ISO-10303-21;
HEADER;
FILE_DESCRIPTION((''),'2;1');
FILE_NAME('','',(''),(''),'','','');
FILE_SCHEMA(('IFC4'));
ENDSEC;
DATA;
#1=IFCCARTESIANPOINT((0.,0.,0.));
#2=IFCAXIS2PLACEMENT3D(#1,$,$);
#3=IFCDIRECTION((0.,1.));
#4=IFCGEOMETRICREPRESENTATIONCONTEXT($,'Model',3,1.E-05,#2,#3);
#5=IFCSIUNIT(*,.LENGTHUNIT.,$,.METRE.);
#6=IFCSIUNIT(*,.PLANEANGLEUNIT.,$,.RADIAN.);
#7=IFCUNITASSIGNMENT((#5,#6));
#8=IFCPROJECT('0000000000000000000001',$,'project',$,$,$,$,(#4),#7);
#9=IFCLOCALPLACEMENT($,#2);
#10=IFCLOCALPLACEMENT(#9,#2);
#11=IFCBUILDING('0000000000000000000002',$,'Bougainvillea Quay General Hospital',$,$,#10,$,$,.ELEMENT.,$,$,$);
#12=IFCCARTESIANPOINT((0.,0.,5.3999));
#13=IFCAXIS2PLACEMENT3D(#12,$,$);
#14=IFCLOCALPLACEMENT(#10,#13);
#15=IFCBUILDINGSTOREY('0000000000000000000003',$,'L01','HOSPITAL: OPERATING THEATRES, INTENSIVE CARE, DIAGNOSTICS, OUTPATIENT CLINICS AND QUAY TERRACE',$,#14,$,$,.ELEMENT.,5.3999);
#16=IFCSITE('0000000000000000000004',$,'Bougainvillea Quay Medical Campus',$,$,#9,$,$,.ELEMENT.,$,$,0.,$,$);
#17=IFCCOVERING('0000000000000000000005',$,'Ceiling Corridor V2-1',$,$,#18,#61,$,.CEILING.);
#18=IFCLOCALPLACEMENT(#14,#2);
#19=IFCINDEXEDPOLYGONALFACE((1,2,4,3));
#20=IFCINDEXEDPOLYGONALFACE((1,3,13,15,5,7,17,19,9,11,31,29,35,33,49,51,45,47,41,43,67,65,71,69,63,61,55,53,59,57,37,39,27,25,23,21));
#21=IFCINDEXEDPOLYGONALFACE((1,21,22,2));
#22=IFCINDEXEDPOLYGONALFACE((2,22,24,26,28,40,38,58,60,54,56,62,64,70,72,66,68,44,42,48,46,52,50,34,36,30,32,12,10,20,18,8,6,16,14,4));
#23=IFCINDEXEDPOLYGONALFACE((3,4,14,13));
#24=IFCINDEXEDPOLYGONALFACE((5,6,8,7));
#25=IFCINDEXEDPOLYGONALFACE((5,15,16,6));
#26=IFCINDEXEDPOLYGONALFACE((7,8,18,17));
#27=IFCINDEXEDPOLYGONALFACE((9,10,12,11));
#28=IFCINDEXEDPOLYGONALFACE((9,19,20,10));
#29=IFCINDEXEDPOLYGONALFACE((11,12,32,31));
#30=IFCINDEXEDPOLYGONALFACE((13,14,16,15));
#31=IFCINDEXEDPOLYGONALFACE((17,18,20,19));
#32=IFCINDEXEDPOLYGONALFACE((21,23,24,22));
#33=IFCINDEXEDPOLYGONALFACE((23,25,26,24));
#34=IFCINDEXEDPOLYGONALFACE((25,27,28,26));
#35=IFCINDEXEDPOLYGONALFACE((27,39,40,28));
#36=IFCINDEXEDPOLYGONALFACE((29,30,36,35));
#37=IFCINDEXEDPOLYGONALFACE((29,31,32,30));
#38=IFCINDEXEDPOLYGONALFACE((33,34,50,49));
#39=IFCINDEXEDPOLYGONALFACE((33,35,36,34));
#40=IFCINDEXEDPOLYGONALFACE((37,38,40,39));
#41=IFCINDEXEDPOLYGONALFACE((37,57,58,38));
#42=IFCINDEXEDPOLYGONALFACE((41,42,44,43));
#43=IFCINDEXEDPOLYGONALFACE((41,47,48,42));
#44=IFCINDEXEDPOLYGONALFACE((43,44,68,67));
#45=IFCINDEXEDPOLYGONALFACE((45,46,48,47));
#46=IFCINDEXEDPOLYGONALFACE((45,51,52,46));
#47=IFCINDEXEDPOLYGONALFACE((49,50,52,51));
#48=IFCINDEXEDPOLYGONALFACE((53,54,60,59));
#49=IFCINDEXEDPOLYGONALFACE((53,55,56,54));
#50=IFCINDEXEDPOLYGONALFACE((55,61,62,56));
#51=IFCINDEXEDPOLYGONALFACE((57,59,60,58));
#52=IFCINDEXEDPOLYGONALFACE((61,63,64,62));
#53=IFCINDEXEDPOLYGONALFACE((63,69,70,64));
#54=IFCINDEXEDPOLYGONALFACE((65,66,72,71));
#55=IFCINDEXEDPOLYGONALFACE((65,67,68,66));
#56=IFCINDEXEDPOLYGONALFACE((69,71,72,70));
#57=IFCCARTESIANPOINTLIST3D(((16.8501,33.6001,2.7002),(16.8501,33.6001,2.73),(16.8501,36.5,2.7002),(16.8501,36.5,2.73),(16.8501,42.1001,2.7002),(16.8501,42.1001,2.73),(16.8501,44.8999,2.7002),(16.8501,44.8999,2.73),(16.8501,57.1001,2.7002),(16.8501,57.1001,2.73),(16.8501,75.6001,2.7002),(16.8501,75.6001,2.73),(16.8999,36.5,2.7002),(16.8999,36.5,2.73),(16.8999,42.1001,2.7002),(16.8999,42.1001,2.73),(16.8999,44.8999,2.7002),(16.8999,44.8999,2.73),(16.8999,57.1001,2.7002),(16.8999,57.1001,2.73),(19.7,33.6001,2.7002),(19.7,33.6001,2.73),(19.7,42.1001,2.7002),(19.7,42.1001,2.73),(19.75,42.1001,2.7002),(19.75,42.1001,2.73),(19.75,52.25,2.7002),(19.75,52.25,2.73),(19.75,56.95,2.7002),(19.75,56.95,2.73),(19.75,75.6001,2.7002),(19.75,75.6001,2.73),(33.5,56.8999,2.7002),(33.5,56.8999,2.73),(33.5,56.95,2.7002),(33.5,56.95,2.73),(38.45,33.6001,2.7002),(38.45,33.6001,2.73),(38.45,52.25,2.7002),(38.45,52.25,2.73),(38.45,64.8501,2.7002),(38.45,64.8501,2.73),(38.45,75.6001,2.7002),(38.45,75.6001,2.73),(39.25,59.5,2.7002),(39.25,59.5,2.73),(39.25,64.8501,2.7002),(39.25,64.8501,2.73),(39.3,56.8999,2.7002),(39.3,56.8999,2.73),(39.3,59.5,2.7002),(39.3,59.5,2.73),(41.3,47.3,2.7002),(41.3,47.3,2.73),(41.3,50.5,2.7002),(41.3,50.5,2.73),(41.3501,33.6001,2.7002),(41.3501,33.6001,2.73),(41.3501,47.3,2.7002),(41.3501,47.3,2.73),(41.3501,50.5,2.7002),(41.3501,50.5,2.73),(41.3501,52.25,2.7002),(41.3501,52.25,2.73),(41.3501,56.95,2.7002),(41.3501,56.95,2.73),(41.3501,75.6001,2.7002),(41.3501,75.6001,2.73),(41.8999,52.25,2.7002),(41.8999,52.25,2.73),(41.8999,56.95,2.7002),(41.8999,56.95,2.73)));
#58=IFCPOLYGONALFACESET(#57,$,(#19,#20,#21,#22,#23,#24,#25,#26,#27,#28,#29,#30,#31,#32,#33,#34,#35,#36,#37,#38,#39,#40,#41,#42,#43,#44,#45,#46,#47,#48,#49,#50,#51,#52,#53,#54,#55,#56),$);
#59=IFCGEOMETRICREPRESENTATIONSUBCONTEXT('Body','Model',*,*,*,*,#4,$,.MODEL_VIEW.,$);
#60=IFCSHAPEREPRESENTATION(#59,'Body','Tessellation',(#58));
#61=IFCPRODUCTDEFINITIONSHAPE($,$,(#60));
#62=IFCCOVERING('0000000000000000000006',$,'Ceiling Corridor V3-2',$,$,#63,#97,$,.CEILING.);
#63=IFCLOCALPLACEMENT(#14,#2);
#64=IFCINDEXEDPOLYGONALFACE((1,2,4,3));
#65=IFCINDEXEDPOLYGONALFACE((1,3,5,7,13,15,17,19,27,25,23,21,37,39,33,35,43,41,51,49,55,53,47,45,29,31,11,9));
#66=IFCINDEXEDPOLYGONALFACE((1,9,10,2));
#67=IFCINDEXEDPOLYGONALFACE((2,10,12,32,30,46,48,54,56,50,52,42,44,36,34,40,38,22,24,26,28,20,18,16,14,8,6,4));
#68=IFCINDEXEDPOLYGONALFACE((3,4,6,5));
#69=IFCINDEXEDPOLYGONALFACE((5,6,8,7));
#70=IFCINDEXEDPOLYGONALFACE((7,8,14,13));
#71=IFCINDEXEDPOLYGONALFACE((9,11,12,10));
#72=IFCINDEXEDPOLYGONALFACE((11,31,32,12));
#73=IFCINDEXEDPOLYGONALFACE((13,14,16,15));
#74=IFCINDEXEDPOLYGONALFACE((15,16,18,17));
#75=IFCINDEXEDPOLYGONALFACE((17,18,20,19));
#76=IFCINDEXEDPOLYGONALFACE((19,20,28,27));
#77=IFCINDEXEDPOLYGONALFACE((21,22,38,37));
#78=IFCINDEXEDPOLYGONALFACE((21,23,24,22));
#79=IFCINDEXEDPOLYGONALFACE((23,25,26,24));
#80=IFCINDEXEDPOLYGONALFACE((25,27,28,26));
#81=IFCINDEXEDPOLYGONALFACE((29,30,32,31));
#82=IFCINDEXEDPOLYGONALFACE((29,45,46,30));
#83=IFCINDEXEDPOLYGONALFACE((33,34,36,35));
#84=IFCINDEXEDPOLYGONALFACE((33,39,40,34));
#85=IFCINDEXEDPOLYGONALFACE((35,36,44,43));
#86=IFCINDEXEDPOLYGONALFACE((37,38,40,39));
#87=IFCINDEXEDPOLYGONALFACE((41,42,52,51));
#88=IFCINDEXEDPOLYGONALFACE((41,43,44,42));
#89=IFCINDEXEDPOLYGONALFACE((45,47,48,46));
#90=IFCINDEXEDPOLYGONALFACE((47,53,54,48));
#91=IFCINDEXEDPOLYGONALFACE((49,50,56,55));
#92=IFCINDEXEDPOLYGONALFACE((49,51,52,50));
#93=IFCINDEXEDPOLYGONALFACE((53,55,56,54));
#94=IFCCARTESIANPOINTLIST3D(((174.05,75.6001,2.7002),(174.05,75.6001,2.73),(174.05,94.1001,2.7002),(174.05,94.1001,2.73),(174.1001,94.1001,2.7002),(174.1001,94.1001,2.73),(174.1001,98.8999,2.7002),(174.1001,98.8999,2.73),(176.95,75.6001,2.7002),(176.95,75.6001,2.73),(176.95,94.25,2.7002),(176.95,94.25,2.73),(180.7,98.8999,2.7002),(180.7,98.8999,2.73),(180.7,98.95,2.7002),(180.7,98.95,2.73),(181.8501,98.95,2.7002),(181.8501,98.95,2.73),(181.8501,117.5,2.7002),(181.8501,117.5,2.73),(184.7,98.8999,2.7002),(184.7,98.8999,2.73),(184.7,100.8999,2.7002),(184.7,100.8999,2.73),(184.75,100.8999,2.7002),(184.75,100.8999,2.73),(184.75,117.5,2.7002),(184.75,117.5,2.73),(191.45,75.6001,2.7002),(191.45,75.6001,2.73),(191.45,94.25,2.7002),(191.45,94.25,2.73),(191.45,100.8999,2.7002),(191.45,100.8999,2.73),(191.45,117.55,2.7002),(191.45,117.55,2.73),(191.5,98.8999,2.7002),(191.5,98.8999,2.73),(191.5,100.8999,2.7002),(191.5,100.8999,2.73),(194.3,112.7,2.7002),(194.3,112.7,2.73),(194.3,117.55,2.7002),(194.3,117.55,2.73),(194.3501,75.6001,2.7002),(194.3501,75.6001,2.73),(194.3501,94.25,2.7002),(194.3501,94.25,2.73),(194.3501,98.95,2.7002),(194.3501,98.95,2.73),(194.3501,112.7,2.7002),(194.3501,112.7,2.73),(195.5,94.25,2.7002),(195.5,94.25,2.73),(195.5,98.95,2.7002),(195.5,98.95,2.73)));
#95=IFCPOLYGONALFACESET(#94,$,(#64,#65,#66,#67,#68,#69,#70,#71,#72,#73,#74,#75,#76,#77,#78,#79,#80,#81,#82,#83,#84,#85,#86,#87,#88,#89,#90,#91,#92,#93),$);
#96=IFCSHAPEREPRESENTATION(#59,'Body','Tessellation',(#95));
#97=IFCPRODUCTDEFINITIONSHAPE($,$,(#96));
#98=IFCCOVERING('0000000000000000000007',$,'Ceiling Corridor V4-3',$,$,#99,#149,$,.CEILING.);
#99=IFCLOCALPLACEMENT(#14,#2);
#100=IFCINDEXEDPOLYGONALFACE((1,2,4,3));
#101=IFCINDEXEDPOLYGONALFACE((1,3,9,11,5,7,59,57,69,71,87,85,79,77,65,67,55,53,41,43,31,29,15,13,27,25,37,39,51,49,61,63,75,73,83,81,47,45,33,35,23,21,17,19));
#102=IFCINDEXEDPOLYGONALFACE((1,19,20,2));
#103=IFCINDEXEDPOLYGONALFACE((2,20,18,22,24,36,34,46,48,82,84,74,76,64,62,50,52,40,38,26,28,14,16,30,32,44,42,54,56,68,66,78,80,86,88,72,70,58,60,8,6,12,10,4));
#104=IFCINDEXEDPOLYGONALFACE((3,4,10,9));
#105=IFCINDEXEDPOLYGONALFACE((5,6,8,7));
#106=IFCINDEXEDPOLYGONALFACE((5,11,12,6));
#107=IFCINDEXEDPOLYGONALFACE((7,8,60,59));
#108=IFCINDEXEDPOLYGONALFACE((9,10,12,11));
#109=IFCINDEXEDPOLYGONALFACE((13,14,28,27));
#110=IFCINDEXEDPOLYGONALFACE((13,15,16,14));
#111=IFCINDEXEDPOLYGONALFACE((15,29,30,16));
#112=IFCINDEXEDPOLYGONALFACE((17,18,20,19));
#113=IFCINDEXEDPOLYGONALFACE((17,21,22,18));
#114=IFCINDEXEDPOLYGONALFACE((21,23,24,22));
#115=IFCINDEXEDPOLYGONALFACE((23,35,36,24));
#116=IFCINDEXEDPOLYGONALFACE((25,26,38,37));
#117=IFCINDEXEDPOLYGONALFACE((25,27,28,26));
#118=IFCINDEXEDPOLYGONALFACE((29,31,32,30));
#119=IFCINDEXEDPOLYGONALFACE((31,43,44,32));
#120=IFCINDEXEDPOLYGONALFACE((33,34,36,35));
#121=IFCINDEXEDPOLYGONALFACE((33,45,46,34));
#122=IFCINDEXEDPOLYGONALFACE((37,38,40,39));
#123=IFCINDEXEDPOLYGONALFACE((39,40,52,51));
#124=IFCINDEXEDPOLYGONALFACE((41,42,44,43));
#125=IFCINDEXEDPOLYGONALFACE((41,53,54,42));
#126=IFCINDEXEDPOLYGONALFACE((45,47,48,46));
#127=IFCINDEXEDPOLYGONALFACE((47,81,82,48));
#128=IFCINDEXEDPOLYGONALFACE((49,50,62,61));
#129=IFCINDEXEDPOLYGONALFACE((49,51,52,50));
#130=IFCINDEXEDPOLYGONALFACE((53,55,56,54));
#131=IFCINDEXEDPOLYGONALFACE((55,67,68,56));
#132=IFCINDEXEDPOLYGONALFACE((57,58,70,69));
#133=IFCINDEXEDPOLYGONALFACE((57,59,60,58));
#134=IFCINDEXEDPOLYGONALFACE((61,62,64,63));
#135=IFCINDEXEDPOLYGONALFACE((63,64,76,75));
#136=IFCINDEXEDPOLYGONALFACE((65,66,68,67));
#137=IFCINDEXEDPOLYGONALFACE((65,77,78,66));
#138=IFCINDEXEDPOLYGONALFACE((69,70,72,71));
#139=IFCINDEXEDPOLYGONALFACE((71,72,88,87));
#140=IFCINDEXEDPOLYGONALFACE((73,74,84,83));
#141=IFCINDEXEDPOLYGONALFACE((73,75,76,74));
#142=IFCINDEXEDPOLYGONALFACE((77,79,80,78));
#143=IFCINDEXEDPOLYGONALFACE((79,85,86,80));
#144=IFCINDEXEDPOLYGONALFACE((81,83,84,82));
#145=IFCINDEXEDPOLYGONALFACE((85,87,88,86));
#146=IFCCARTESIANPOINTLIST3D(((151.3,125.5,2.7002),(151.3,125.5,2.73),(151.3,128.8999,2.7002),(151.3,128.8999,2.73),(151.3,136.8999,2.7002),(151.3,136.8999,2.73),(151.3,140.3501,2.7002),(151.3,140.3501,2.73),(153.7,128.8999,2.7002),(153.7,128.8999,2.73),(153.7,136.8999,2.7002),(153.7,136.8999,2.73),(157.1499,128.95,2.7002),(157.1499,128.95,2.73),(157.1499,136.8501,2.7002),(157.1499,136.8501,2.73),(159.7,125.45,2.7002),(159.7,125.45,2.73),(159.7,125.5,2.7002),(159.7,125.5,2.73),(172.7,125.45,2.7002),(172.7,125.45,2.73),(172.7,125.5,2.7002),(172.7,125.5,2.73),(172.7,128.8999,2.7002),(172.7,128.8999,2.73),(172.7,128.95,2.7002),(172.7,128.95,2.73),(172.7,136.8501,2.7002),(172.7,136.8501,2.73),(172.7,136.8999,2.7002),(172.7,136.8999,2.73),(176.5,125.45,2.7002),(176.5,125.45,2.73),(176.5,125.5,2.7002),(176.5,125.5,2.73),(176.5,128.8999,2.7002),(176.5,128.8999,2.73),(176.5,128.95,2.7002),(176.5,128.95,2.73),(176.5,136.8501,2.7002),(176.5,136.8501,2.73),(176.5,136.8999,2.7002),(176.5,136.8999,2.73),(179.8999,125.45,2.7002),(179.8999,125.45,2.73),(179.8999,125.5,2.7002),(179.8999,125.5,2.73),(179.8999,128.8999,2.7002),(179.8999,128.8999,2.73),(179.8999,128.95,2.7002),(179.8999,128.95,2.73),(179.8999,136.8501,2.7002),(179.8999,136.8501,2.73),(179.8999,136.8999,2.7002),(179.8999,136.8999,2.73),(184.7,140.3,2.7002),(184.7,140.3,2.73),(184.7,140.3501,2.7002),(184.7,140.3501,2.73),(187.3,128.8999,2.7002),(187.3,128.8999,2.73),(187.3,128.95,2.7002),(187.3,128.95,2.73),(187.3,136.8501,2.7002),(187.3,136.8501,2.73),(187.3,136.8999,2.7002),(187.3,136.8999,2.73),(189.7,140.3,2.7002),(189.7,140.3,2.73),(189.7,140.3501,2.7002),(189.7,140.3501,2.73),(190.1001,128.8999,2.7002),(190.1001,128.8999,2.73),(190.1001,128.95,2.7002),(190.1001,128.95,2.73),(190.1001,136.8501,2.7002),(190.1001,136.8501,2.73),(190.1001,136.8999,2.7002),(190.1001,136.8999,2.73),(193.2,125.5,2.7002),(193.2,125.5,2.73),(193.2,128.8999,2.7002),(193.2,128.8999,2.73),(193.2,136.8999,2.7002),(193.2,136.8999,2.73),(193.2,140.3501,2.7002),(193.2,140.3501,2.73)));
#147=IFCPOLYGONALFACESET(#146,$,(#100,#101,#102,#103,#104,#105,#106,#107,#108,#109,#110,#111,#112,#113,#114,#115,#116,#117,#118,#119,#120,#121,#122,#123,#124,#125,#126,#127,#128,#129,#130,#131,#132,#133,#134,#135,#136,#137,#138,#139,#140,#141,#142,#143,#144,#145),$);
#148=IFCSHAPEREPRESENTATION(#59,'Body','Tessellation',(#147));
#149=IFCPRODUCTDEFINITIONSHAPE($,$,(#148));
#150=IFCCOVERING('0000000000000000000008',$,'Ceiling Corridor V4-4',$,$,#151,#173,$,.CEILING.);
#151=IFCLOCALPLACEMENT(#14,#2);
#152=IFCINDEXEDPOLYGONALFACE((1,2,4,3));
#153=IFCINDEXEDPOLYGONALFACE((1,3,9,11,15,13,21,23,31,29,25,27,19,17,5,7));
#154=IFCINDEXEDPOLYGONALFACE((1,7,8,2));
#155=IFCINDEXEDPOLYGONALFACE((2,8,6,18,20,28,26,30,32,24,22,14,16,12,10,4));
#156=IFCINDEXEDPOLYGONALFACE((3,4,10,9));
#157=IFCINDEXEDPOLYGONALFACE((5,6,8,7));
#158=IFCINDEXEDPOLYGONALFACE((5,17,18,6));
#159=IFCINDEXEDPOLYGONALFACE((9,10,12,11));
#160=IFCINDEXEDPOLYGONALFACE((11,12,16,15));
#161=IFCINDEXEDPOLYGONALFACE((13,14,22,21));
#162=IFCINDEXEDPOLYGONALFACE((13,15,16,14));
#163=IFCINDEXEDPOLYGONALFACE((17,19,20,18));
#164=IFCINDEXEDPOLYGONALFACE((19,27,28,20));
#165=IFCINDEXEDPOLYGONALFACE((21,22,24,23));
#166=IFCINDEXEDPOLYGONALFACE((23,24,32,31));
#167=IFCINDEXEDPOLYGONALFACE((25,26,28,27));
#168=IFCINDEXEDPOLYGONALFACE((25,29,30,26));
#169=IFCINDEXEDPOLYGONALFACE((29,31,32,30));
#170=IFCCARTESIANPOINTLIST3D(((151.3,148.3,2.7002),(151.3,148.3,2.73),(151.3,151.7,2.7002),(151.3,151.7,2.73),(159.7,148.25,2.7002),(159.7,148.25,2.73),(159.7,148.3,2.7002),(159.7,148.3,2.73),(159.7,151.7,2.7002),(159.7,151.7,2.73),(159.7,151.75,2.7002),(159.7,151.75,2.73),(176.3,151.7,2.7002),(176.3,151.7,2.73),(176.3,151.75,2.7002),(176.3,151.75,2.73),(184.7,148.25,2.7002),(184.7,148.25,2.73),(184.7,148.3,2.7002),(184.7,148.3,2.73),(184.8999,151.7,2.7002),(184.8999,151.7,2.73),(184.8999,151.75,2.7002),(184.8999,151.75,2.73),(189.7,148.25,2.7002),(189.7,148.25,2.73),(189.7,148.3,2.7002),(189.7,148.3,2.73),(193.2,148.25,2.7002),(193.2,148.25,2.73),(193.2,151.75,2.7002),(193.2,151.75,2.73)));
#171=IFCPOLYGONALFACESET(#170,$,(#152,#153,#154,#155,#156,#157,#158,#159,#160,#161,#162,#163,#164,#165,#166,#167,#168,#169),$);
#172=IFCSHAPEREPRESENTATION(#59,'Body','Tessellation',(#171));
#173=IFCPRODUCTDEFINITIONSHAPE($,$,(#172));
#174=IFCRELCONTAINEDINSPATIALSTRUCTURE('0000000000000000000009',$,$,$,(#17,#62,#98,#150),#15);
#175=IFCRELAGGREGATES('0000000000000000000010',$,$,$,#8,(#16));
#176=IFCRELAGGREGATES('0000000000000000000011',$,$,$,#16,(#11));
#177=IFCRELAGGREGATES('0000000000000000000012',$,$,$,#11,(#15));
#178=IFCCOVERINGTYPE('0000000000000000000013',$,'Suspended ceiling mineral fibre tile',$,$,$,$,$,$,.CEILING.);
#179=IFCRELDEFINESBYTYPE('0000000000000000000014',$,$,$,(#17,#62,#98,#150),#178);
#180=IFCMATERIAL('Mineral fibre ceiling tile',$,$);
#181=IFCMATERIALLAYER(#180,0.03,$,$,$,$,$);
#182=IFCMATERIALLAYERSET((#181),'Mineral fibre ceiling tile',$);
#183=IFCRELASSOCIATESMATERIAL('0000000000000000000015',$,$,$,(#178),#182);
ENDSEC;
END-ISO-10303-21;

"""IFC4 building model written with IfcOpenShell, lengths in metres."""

from ifc_helpers import new_model, si_unit, direction, frame, origin, place, context, subcontext, project, spatial, polyline, outline, extrude, material, layer, layer_set, type_object, element, save


model = new_model("IFC4")

# Units and contexts
model_context = context("Model", 3, precision=1e-05, world=origin(), true_north=direction((0.0, 1.0)))
body_context = subcontext(model_context, "Body", "Model", "MODEL_VIEW")
ifc_project = project(units=[si_unit("LENGTHUNIT", "METRE"), si_unit("PLANEANGLEUNIT", "RADIAN")], contexts=[model_context])

# Site, building, storey
site_placement = place(None, origin())
site = spatial("IfcSite", under=ifc_project, at=site_placement, Name="Bougainvillea Quay Medical Campus", CompositionType="ELEMENT", RefElevation=0.0)
building_placement = place(site_placement, origin())
building = spatial("IfcBuilding", under=site, at=building_placement, Name="Bougainvillea Quay General Hospital", CompositionType="ELEMENT")
storey_placement = place(building_placement, frame((0.0, 0.0, 5.3999)))
storey = spatial("IfcBuildingStorey", under=building, at=storey_placement, Name="L01", Description="HOSPITAL: OPERATING THEATRES, INTENSIVE CARE, DIAGNOSTICS, OUTPATIENT CLINICS AND QUAY TERRACE", CompositionType="ELEMENT", Elevation=5.3999)

# Coverings
ifc_material_1 = material(Name="Mineral fibre ceiling tile")
ifc_layer_1 = layer(ifc_material_1, 0.03)
ifc_layer_set_1 = layer_set([ifc_layer_1], Name="Mineral fibre ceiling tile")
covering_type_1 = type_object("IfcCoveringType", Name="Suspended ceiling mineral fibre tile", PredefinedType="CEILING", material=ifc_layer_set_1)
covering_1_placement = place(storey_placement, frame((0.0, 0.0, 2.7002)))
element("IfcCovering", 1, at=covering_1_placement, inside=storey, type_object=covering_type_1, Name="Ceiling Corridor V2-1", PredefinedType="CEILING", context=body_context, shape_type="SweptSolid", body=[
    extrude(outline(polyline([(16.8501, 75.6001), (16.8501, 57.1001), (16.8999, 57.1001), (16.8999, 44.8999), (16.8501, 44.8999), (16.8501, 42.1001), (16.8999, 42.1001), (16.8999, 36.5), (16.8501, 36.5), (16.8501, 33.6001), (19.7, 33.6001), (19.7, 42.1001), (19.75, 42.1001), (19.75, 52.25), (38.45, 52.25), (38.45, 33.6001), (41.3501, 33.6001), (41.3501, 47.3), (41.3, 47.3), (41.3, 50.5), (41.3501, 50.5), (41.3501, 52.25), (41.8999, 52.25), (41.8999, 56.95), (41.3501, 56.95), (41.3501, 75.6001), (38.45, 75.6001), (38.45, 64.8501), (39.25, 64.8501), (39.25, 59.5), (39.3, 59.5), (39.3, 56.8999), (33.5, 56.8999), (33.5, 56.95), (19.75, 56.95), (19.75, 75.6001), (16.8501, 75.6001)])), origin(), (0.0, 0.0, 1.0), 0.0298),
])
covering_2_placement = place(storey_placement, frame((0.0, 0.0, 2.7002)))
element("IfcCovering", 2, at=covering_2_placement, inside=storey, type_object=covering_type_1, Name="Ceiling Corridor V3-2", PredefinedType="CEILING", context=body_context, shape_type="SweptSolid", body=[
    extrude(outline(polyline([(194.3501, 75.6001), (194.3501, 94.25), (195.5, 94.25), (195.5, 98.95), (194.3501, 98.95), (194.3501, 112.7), (194.3, 112.7), (194.3, 117.55), (191.45, 117.55), (191.45, 100.8999), (191.5, 100.8999), (191.5, 98.8999), (184.7, 98.8999), (184.7, 100.8999), (184.75, 100.8999), (184.75, 117.5), (181.8501, 117.5), (181.8501, 98.95), (180.7, 98.95), (180.7, 98.8999), (174.1001, 98.8999), (174.1001, 94.1001), (174.05, 94.1001), (174.05, 75.6001), (176.95, 75.6001), (176.95, 94.25), (191.45, 94.25), (191.45, 75.6001), (194.3501, 75.6001)])), origin(), (0.0, 0.0, 1.0), 0.0298),
])
covering_3_placement = place(storey_placement, frame((0.0, 0.0, 2.7002)))
element("IfcCovering", 3, at=covering_3_placement, inside=storey, type_object=covering_type_1, Name="Ceiling Corridor V4-3", PredefinedType="CEILING", context=body_context, shape_type="SweptSolid", body=[
    extrude(outline(polyline([(193.2, 140.3501), (189.7, 140.3501), (189.7, 140.3), (184.7, 140.3), (184.7, 140.3501), (151.3, 140.3501), (151.3, 136.8999), (153.7, 136.8999), (153.7, 128.8999), (151.3, 128.8999), (151.3, 125.5), (159.7, 125.5), (159.7, 125.45), (172.7, 125.45), (172.7, 125.5), (176.5, 125.5), (176.5, 125.45), (179.8999, 125.45), (179.8999, 125.5), (193.2, 125.5), (193.2, 128.8999), (190.1001, 128.8999), (190.1001, 128.95), (187.3, 128.95), (187.3, 128.8999), (179.8999, 128.8999), (179.8999, 128.95), (176.5, 128.95), (176.5, 128.8999), (172.7, 128.8999), (172.7, 128.95), (157.1499, 128.95), (157.1499, 136.8501), (172.7, 136.8501), (172.7, 136.8999), (176.5, 136.8999), (176.5, 136.8501), (179.8999, 136.8501), (179.8999, 136.8999), (187.3, 136.8999), (187.3, 136.8501), (190.1001, 136.8501), (190.1001, 136.8999), (193.2, 136.8999), (193.2, 140.3501)])), origin(), (0.0, 0.0, 1.0), 0.0298),
])
covering_4_placement = place(storey_placement, frame((0.0, 0.0, 2.7002)))
element("IfcCovering", 4, at=covering_4_placement, inside=storey, type_object=covering_type_1, Name="Ceiling Corridor V4-4", PredefinedType="CEILING", context=body_context, shape_type="SweptSolid", body=[
    extrude(outline(polyline([(193.2, 151.75), (184.8999, 151.75), (184.8999, 151.7), (176.3, 151.7), (176.3, 151.75), (159.7, 151.75), (159.7, 151.7), (151.3, 151.7), (151.3, 148.3), (159.7, 148.3), (159.7, 148.25), (184.7, 148.25), (184.7, 148.3), (189.7, 148.3), (189.7, 148.25), (193.2, 148.25), (193.2, 151.75)])), origin(), (0.0, 0.0, 1.0), 0.0298),
])

save(model, "model.ifc")
